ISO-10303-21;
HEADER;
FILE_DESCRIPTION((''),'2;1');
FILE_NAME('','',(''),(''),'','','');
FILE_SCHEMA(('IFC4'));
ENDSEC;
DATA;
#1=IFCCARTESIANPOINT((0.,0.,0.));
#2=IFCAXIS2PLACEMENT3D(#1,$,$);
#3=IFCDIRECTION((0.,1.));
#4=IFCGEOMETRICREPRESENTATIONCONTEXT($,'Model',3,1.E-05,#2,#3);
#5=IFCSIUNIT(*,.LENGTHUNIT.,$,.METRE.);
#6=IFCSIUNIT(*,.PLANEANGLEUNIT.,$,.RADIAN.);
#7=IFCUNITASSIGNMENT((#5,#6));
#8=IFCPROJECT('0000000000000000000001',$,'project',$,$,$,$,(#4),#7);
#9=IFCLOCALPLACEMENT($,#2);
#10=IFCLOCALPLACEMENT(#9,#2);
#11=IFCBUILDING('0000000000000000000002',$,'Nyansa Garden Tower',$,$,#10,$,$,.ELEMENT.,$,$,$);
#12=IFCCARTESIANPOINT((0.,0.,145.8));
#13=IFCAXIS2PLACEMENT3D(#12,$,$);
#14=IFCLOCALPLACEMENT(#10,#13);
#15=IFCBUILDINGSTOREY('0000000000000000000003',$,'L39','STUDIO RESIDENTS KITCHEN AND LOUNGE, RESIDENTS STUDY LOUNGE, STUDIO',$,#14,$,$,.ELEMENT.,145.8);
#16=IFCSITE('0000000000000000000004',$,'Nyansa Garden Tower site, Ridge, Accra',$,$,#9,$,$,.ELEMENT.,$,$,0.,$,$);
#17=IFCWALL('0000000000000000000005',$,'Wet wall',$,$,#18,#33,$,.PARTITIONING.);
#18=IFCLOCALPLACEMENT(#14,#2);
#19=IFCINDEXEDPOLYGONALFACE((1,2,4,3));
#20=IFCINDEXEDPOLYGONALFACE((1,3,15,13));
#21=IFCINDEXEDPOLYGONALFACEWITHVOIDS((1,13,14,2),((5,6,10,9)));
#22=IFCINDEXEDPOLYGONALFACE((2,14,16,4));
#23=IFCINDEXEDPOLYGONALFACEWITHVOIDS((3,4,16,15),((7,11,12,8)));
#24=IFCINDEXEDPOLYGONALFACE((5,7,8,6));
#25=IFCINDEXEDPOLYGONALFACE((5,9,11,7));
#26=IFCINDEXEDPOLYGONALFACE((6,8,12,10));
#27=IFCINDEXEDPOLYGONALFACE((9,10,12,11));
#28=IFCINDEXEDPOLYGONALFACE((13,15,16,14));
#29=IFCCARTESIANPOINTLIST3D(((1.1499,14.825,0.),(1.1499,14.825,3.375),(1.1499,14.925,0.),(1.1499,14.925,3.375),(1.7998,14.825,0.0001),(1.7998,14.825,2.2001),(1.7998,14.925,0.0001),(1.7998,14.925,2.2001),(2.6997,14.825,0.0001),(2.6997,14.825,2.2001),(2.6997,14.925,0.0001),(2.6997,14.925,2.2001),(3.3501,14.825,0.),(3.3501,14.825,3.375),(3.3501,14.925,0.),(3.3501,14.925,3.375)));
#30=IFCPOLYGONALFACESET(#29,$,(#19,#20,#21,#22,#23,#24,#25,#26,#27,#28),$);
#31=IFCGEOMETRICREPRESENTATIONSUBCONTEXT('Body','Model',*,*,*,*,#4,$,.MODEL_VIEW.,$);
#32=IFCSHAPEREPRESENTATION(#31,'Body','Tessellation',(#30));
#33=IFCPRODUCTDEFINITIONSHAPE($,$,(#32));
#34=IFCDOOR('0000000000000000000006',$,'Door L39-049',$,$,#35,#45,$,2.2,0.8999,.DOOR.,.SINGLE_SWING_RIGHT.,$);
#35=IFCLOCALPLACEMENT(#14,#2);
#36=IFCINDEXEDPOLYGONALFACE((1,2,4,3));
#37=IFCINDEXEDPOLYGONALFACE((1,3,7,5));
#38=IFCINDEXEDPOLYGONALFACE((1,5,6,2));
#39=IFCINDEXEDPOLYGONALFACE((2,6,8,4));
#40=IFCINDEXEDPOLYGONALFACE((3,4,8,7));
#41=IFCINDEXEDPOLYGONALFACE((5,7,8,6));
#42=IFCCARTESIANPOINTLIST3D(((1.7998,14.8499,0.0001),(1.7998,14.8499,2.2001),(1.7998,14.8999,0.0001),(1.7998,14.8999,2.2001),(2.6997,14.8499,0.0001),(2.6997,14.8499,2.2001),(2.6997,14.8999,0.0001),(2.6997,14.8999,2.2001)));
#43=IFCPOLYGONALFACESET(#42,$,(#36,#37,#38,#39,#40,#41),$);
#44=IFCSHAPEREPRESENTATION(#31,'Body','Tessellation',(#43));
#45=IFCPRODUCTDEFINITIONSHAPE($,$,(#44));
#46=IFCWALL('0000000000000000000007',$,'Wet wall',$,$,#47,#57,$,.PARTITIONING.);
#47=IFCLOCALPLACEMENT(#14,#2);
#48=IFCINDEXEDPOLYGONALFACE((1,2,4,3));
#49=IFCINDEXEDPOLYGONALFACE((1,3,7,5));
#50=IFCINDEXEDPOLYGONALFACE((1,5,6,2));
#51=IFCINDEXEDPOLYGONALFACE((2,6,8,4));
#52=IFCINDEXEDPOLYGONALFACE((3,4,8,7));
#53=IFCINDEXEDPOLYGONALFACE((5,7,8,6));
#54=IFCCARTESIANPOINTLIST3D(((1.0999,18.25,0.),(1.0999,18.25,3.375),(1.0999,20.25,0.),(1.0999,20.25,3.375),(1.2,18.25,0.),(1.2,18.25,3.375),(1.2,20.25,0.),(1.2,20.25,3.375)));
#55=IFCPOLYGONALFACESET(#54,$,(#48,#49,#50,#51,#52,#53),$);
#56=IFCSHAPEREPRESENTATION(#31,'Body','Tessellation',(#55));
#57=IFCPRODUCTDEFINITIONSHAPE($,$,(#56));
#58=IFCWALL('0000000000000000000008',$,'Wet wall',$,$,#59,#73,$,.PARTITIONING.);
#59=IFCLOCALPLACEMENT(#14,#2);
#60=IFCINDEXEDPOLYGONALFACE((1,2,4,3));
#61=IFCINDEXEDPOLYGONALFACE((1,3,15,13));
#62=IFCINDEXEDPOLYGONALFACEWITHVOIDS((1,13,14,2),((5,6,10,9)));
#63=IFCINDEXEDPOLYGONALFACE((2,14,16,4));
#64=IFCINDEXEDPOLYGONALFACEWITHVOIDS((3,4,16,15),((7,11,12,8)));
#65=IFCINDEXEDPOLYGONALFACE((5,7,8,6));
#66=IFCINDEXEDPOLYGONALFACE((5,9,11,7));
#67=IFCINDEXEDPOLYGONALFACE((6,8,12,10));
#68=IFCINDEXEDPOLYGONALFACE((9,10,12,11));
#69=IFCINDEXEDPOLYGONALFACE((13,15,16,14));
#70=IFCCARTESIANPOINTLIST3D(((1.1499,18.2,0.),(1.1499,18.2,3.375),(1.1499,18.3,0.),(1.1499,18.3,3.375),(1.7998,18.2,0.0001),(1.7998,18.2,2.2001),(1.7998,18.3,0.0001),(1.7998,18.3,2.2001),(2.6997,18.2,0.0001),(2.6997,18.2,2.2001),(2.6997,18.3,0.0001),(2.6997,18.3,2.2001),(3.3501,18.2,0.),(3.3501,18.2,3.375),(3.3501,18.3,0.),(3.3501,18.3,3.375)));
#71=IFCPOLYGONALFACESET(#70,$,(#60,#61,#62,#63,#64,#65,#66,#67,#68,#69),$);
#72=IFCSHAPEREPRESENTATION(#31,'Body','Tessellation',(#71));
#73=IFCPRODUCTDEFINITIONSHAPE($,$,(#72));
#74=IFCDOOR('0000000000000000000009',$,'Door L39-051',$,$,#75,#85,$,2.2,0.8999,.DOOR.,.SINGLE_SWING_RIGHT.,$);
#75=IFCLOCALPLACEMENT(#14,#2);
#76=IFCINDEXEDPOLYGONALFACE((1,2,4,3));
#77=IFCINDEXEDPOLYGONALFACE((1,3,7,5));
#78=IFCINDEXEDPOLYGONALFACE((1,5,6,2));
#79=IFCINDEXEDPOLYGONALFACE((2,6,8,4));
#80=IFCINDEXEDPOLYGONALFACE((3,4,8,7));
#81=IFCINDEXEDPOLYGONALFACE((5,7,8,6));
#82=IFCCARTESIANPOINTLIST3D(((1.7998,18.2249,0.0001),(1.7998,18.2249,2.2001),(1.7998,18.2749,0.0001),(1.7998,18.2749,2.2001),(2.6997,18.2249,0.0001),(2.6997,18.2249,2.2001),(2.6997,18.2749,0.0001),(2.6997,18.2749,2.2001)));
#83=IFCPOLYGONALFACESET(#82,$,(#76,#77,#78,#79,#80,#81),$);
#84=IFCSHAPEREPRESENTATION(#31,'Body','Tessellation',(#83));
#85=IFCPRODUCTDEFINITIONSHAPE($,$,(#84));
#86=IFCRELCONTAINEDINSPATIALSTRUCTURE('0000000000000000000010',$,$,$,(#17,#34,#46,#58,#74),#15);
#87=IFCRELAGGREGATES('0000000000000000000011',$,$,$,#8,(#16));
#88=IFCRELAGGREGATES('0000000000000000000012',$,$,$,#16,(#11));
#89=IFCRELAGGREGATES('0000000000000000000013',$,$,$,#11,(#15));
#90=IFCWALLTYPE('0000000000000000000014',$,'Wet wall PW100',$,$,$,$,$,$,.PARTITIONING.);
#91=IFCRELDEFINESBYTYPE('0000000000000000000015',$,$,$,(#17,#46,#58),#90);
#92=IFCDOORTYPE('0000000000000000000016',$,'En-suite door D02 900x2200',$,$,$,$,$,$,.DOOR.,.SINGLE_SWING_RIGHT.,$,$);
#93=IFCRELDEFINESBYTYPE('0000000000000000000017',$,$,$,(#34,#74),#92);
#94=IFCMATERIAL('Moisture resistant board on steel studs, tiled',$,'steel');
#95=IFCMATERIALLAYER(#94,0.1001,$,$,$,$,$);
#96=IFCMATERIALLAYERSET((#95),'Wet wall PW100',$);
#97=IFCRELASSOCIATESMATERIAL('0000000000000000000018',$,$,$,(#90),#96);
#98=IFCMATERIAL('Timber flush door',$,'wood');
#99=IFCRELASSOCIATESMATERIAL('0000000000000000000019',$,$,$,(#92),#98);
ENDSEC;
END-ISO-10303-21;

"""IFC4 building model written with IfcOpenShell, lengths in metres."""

from ifc_helpers import new_model, si_unit, direction, frame, frame_2d, origin, place, context, subcontext, project, spatial, rectangle, extrude, material, layer, layer_set, type_object, element, fill, save


model = new_model("IFC4")

# Units and contexts
model_context = context("Model", 3, precision=1e-05, world=origin(), true_north=direction((0.0, 1.0)))
body_context = subcontext(model_context, "Body", "Model", "MODEL_VIEW")
ifc_project = project(units=[si_unit("LENGTHUNIT", "METRE"), si_unit("PLANEANGLEUNIT", "RADIAN")], contexts=[model_context])

# Site, building, storey
site_placement = place(None, origin())
site = spatial("IfcSite", under=ifc_project, at=site_placement, Name="Nyansa Garden Tower site, Ridge, Accra", CompositionType="ELEMENT", RefElevation=0.0)
building_placement = place(site_placement, origin())
building = spatial("IfcBuilding", under=site, at=building_placement, Name="Nyansa Garden Tower", CompositionType="ELEMENT")
storey_placement = place(building_placement, frame((0.0, 0.0, 145.8)))
storey = spatial("IfcBuildingStorey", under=building, at=storey_placement, Name="L39", Description="STUDIO RESIDENTS KITCHEN AND LOUNGE, RESIDENTS STUDY LOUNGE, STUDIO", CompositionType="ELEMENT", Elevation=145.8)

# Shared definitions
ifc_material_1 = material(Name="Moisture resistant board on steel studs, tiled", Category="steel")
ifc_layer_1 = layer(ifc_material_1, 0.1001)
ifc_layer_set_1 = layer_set([ifc_layer_1], Name="Wet wall PW100")
wall_type_1 = type_object("IfcWallType", Name="Wet wall PW100", PredefinedType="PARTITIONING", material=ifc_layer_set_1)

# Wall, opening, door
wall_1_placement = place(storey_placement, frame((1.1499, 14.875, 0.0), z_axis=(0.0, 0.0, 1.0), x_axis=(1.0, 0.0, 0.0)))
wall_1 = element("IfcWall", 1, at=wall_1_placement, inside=storey, type_object=wall_type_1, Name="Wet wall", PredefinedType="PARTITIONING", context=body_context, shape_type="SweptSolid", body=[
    extrude(rectangle(XDim=2.2002, YDim=0.1001, at=frame_2d((1.1001, 0.0))), origin(), (0.0, 0.0, 1.0), 3.375),
])
opening_1_placement = place(wall_1_placement, frame((0.6499, 0.0, 0.0)))
opening_1 = element("IfcOpeningElement", 2, at=opening_1_placement, cuts=wall_1, PredefinedType="OPENING", context=body_context, shape_type="SweptSolid", body=[
    extrude(rectangle(XDim=0.8999, YDim=2.2, at=frame_2d((0.45, 1.1001))), frame((0.0, 0.0601, 0.0), z_axis=(0.0, -1.0, 0.0), x_axis=(1.0, 0.0, 0.0)), (0.0, 0.0, 1.0), 0.1201),
])
ifc_material_2 = material(Name="Timber flush door", Category="wood")
door_type_1 = type_object("IfcDoorType", Name="En-suite door D02 900x2200", OperationType="SINGLE_SWING_RIGHT", PredefinedType="DOOR", material=ifc_material_2)
door_1_placement = place(opening_1_placement, origin())
door_1 = element("IfcDoor", 3, at=door_1_placement, inside=storey, type_object=door_type_1, Name="Door L39-049", OperationType="SINGLE_SWING_RIGHT", OverallHeight=2.2, OverallWidth=0.8999, PredefinedType="DOOR", context=body_context, shape_type="SweptSolid", body=[
    extrude(rectangle(XDim=0.8999, YDim=2.2, at=frame_2d((0.45, 1.1001))), frame((0.0, 0.0249, 0.0), z_axis=(0.0, -1.0, 0.0), x_axis=(1.0, 0.0, 0.0)), (0.0, 0.0, 1.0), 0.05),
])
fill(opening_1, door_1)

# Wall
wall_2_placement = place(storey_placement, frame((1.1499, 18.25, 0.0), z_axis=(0.0, 0.0, 1.0), x_axis=(0.0, 1.0, 0.0)))
element("IfcWall", 4, at=wall_2_placement, inside=storey, type_object=wall_type_1, Name="Wet wall", PredefinedType="PARTITIONING", context=body_context, shape_type="SweptSolid", body=[
    extrude(rectangle(XDim=2.0, YDim=0.1001, at=frame_2d((1.0, 0.0))), origin(), (0.0, 0.0, 1.0), 3.375),
])

# Wall, opening, door
wall_3_placement = place(storey_placement, frame((1.1499, 18.25, 0.0), z_axis=(0.0, 0.0, 1.0), x_axis=(1.0, 0.0, 0.0)))
wall_3 = element("IfcWall", 5, at=wall_3_placement, inside=storey, type_object=wall_type_1, Name="Wet wall", PredefinedType="PARTITIONING", context=body_context, shape_type="SweptSolid", body=[
    extrude(rectangle(XDim=2.2002, YDim=0.1001, at=frame_2d((1.1001, 0.0))), origin(), (0.0, 0.0, 1.0), 3.375),
])
opening_2_placement = place(wall_3_placement, frame((0.6499, 0.0, 0.0)))
opening_2 = element("IfcOpeningElement", 6, at=opening_2_placement, cuts=wall_3, PredefinedType="OPENING", context=body_context, shape_type="SweptSolid", body=[
    extrude(rectangle(XDim=0.8999, YDim=2.2, at=frame_2d((0.45, 1.1001))), frame((0.0, 0.0601, 0.0), z_axis=(0.0, -1.0, 0.0), x_axis=(1.0, 0.0, 0.0)), (0.0, 0.0, 1.0), 0.1201),
])
door_2_placement = place(opening_2_placement, origin())
door_2 = element("IfcDoor", 7, at=door_2_placement, inside=storey, type_object=door_type_1, Name="Door L39-051", OperationType="SINGLE_SWING_RIGHT", OverallHeight=2.2, OverallWidth=0.8999, PredefinedType="DOOR", context=body_context, shape_type="SweptSolid", body=[
    extrude(rectangle(XDim=0.8999, YDim=2.2, at=frame_2d((0.45, 1.1001))), frame((0.0, 0.0249, 0.0), z_axis=(0.0, -1.0, 0.0), x_axis=(1.0, 0.0, 0.0)), (0.0, 0.0, 1.0), 0.05),
])
fill(opening_2, door_2)

save(model, "model.ifc")
